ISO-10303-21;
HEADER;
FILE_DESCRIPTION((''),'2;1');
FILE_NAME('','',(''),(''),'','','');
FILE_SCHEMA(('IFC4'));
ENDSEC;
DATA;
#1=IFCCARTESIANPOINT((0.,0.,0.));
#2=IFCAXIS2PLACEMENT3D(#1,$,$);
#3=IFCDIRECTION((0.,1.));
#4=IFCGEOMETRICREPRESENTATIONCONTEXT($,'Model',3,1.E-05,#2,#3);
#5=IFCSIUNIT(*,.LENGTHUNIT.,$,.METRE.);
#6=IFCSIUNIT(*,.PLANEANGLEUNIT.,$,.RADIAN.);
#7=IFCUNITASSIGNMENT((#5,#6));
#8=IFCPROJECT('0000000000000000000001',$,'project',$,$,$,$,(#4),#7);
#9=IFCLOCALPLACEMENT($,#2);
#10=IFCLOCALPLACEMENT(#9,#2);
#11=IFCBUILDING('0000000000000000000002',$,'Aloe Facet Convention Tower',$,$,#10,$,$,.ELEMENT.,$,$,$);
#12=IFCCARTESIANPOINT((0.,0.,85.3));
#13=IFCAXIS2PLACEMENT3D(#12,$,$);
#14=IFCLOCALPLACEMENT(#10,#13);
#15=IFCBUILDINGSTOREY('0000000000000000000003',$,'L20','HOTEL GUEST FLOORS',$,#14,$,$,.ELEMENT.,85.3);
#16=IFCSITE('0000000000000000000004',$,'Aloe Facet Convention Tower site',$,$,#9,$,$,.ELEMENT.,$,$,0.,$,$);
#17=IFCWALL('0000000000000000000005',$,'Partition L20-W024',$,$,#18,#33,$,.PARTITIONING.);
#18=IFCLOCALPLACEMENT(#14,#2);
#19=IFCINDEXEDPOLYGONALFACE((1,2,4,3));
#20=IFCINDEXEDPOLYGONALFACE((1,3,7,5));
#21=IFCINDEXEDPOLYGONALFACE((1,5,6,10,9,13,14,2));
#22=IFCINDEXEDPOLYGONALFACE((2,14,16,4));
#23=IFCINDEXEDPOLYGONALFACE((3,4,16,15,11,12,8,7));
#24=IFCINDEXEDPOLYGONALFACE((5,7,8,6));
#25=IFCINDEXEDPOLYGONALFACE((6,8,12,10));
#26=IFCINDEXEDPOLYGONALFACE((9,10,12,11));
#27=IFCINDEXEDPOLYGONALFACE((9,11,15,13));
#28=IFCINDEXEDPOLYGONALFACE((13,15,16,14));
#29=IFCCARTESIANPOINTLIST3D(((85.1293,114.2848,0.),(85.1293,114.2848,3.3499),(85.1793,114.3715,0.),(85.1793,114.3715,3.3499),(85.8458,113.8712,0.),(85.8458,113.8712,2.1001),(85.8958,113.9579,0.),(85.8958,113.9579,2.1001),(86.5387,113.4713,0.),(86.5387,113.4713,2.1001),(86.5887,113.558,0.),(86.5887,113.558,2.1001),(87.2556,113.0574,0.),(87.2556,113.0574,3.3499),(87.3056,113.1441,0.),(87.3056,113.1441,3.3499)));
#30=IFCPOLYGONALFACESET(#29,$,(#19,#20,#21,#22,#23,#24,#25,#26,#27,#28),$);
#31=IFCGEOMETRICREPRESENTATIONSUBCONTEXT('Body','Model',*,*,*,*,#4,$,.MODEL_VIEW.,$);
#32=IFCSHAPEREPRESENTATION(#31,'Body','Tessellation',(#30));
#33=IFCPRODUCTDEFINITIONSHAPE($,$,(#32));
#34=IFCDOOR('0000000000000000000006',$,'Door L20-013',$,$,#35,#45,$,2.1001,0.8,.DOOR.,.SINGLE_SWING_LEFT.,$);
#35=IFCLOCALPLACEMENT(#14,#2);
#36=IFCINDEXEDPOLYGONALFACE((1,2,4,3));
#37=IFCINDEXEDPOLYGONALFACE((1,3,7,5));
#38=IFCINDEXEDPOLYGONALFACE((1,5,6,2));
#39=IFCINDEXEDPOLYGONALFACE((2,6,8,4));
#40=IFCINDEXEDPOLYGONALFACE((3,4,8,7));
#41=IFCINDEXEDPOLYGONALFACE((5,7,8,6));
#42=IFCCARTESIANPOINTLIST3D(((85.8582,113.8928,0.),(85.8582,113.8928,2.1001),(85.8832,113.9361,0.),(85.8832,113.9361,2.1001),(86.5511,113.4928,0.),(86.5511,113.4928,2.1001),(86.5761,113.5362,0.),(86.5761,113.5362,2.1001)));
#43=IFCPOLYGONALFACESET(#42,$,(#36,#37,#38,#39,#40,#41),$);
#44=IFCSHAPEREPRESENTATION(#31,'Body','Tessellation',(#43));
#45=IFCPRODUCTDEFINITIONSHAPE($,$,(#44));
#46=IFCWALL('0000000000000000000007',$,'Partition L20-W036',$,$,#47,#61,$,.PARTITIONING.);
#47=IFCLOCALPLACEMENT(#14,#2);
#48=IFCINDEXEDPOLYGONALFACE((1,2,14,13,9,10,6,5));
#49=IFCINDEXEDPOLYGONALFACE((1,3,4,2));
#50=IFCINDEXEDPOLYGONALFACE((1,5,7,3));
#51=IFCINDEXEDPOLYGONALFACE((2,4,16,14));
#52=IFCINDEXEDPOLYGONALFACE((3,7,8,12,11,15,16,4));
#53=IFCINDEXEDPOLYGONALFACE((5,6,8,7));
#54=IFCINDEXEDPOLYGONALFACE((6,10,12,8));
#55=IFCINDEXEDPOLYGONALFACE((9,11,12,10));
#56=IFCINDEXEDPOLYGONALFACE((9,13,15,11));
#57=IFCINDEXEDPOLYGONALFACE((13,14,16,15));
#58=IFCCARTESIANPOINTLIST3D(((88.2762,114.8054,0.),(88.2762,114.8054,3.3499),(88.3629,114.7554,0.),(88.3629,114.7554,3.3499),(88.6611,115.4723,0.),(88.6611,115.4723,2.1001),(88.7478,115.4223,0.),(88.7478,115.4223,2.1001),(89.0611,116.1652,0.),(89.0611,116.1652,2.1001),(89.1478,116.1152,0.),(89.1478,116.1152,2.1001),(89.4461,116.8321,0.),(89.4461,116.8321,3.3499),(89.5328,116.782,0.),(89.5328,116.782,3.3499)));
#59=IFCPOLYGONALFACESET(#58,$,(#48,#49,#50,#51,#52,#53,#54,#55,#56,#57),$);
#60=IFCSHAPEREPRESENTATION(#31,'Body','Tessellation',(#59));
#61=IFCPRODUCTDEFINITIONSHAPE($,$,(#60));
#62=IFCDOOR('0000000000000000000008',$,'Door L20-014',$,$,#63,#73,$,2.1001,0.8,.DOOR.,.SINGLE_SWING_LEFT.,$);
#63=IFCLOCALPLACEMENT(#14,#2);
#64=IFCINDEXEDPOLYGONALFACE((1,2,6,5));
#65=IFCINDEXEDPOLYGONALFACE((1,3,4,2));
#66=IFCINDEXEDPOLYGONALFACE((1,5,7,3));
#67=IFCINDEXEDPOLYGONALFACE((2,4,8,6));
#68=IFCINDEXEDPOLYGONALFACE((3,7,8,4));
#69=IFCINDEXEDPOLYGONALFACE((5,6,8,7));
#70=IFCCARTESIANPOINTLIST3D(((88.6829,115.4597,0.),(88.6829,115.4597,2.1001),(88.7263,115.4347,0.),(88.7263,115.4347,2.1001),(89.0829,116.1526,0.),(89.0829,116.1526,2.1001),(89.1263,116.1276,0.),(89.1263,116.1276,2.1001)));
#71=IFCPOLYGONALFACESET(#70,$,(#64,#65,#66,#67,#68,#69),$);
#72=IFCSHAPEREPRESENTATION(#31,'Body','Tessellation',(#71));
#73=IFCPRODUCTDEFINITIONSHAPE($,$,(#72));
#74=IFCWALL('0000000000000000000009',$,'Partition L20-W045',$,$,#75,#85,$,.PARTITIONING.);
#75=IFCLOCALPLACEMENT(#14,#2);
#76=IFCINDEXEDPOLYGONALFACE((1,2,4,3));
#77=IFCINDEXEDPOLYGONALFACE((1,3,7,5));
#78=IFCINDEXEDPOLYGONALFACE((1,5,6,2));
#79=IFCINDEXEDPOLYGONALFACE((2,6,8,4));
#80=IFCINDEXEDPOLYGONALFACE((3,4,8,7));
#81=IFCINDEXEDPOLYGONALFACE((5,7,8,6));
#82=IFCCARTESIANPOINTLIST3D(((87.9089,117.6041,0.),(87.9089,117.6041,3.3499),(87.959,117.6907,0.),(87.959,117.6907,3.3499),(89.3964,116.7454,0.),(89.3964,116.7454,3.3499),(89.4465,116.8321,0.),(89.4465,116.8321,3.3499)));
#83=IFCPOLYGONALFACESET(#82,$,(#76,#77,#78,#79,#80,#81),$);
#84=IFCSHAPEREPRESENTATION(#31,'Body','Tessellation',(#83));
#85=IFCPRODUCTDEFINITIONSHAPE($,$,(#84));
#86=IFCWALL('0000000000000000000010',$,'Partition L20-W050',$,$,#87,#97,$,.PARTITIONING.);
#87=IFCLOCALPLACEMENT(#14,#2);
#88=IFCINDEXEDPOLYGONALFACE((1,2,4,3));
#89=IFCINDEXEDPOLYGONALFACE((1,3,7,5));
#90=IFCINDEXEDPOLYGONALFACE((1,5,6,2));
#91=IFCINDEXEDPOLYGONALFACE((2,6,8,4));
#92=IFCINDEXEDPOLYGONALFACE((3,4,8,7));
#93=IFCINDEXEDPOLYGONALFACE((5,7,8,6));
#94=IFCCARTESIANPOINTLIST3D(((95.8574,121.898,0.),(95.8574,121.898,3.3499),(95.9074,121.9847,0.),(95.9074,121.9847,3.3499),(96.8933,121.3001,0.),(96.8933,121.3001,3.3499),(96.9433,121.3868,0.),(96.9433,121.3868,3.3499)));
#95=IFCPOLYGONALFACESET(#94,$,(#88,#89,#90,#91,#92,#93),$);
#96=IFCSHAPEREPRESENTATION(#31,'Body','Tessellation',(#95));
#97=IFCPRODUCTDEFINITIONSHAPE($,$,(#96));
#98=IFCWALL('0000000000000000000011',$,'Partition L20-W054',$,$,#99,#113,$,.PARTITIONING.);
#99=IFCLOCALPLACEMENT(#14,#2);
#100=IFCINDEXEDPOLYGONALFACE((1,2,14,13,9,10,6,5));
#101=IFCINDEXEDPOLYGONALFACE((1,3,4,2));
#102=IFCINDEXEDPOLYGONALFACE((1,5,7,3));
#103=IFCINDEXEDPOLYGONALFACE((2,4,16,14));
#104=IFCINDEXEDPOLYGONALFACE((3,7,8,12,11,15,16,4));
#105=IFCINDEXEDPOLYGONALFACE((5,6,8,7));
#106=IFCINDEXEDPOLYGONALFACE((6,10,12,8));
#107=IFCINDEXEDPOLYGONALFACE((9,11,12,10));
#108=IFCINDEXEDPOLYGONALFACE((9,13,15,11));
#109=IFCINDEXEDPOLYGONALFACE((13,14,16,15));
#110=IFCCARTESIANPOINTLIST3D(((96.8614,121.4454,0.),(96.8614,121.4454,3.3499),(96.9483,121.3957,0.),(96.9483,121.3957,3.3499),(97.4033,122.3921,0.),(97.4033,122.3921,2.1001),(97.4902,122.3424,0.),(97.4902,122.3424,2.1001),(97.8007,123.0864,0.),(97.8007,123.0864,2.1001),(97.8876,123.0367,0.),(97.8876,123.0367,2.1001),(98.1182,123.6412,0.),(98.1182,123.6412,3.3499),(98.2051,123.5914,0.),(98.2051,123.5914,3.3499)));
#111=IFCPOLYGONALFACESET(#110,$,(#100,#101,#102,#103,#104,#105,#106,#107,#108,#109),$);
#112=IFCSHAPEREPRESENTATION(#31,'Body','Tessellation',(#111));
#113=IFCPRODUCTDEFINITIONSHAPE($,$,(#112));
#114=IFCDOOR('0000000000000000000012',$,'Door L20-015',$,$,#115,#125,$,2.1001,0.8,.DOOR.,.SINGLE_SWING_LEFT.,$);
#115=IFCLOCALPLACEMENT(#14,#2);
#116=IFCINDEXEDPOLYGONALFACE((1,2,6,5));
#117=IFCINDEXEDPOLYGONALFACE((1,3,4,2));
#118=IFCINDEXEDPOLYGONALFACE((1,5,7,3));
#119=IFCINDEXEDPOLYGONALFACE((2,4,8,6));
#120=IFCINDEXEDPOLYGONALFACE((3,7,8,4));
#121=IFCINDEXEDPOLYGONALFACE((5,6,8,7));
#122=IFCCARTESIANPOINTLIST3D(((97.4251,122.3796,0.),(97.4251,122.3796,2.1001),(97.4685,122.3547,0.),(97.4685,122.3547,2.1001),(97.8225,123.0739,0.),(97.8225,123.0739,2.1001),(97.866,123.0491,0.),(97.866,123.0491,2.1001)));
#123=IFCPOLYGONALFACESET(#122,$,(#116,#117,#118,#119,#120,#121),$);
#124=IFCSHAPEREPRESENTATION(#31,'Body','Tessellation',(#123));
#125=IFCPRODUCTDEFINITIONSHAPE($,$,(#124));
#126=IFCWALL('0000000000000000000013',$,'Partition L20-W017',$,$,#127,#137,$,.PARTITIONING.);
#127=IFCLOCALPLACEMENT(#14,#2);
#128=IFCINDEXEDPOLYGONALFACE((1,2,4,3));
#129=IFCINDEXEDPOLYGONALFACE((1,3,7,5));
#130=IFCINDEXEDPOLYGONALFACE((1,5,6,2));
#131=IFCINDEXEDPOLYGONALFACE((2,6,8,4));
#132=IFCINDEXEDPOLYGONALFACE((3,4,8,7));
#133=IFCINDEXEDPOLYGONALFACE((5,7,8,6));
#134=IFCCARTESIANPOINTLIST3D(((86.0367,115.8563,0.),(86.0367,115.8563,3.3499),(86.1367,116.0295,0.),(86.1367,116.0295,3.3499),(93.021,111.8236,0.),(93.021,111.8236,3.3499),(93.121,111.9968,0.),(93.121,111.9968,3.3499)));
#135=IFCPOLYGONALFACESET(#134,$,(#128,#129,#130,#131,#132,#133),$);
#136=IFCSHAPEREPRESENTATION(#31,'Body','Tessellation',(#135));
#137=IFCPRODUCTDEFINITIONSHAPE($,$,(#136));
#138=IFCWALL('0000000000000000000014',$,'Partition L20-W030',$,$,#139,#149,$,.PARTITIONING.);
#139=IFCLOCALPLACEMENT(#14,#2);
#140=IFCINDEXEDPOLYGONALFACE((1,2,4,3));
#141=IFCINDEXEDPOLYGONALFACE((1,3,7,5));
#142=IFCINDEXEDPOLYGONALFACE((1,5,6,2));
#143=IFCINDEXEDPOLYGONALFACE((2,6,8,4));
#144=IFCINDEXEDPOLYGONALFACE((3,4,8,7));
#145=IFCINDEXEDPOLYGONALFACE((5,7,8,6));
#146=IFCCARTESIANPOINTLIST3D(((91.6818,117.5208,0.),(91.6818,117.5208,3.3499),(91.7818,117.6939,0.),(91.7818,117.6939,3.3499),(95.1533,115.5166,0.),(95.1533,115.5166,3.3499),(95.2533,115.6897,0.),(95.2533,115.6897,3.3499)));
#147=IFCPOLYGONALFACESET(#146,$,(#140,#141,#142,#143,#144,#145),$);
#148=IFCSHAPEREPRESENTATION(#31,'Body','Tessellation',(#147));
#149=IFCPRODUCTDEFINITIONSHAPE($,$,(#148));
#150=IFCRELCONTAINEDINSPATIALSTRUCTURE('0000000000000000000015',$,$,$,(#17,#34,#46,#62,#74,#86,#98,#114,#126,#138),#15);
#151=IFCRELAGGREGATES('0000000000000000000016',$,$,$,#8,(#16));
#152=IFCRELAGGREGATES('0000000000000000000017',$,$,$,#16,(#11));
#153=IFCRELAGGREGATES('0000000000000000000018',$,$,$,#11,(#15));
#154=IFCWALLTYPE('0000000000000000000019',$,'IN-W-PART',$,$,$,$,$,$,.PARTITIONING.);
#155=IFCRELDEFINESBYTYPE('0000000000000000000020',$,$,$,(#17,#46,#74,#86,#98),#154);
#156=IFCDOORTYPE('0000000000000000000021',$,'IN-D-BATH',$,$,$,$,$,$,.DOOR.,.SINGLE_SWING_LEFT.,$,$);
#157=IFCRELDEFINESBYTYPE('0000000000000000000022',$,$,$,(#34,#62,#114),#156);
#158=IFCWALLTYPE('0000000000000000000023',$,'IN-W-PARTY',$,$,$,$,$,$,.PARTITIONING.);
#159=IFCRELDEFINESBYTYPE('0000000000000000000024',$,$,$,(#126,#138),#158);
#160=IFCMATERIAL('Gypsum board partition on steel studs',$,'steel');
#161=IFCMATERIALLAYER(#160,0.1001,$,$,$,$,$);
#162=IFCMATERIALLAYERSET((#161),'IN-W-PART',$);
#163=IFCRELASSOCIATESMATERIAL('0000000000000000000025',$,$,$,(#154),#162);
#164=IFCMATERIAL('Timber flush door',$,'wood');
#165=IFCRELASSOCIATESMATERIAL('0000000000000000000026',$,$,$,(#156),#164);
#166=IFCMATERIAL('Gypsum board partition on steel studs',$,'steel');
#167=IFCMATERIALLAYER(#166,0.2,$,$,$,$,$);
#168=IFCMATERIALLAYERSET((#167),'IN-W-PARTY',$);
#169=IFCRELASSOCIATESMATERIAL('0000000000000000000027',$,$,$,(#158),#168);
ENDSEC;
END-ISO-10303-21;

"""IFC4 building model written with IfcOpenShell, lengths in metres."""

from ifc_helpers import new_model, si_unit, direction, frame, frame_2d, origin, place, context, subcontext, project, spatial, rectangle, extrude, material, layer, layer_set, type_object, element, fill, save


model = new_model("IFC4")

# Units and contexts
model_context = context("Model", 3, precision=1e-05, world=origin(), true_north=direction((0.0, 1.0)))
body_context = subcontext(model_context, "Body", "Model", "MODEL_VIEW")
ifc_project = project(units=[si_unit("LENGTHUNIT", "METRE"), si_unit("PLANEANGLEUNIT", "RADIAN")], contexts=[model_context])

# Site, building, storey
site_placement = place(None, origin())
site = spatial("IfcSite", under=ifc_project, at=site_placement, Name="Aloe Facet Convention Tower site", CompositionType="ELEMENT", RefElevation=0.0)
building_placement = place(site_placement, origin())
building = spatial("IfcBuilding", under=site, at=building_placement, Name="Aloe Facet Convention Tower", CompositionType="ELEMENT")
storey_placement = place(building_placement, frame((0.0, 0.0, 85.3)))
storey = spatial("IfcBuildingStorey", under=building, at=storey_placement, Name="L20", Description="HOTEL GUEST FLOORS", CompositionType="ELEMENT", Elevation=85.3)

# Walls, openings, doors
ifc_material_1 = material(Name="Gypsum board partition on steel studs", Category="steel")
ifc_layer_1 = layer(ifc_material_1, 0.1001)
ifc_layer_set_1 = layer_set([ifc_layer_1], Name="IN-W-PART")
wall_type_1 = type_object("IfcWallType", Name="IN-W-PART", PredefinedType="PARTITIONING", material=ifc_layer_set_1)
wall_1_placement = place(storey_placement, frame((85.1543, 114.3281, 0.0), z_axis=(0.0, 0.0, 1.0), x_axis=(0.866075, -0.499915, 0.0)))
wall_1 = element("IfcWall", 1, at=wall_1_placement, inside=storey, type_object=wall_type_1, Name="Partition L20-W024", PredefinedType="PARTITIONING", context=body_context, shape_type="SweptSolid", body=[
    extrude(rectangle(XDim=2.4551, YDim=0.1001, at=frame_2d((1.2275, 0.0))), origin(), (0.0, 0.0, 1.0), 3.3499),
])
opening_1_placement = place(wall_1_placement, frame((0.8274, 0.0, 0.0)))
opening_1 = element("IfcOpeningElement", 2, at=opening_1_placement, cuts=wall_1, PredefinedType="OPENING", context=body_context, shape_type="SweptSolid", body=[
    extrude(rectangle(XDim=0.8, YDim=2.1001, at=frame_2d((0.3999, 1.05))), frame((0.0, 0.0601, 0.0), z_axis=(0.0, -1.0, 0.0), x_axis=(1.0, 0.0, 0.0)), (0.0, 0.0, 1.0), 0.1201),
])
ifc_material_2 = material(Name="Timber flush door", Category="wood")
door_type_1 = type_object("IfcDoorType", Name="IN-D-BATH", OperationType="SINGLE_SWING_LEFT", PredefinedType="DOOR", material=ifc_material_2)
door_1_placement = place(opening_1_placement, origin())
door_1 = element("IfcDoor", 3, at=door_1_placement, inside=storey, type_object=door_type_1, Name="Door L20-013", OperationType="SINGLE_SWING_LEFT", OverallHeight=2.1001, OverallWidth=0.8, PredefinedType="DOOR", context=body_context, shape_type="SweptSolid", body=[
    extrude(rectangle(XDim=0.8, YDim=2.1001, at=frame_2d((0.3999, 1.05))), frame((0.0, 0.0249, 0.0), z_axis=(0.0, -1.0, 0.0), x_axis=(1.0, 0.0, 0.0)), (0.0, 0.0, 1.0), 0.05),
])
fill(opening_1, door_1)
wall_2_placement = place(storey_placement, frame((88.3196, 114.7805, 0.0), z_axis=(0.0, 0.0, 1.0), x_axis=(0.499954, 0.866052, 0.0)))
wall_2 = element("IfcWall", 4, at=wall_2_placement, inside=storey, type_object=wall_type_1, Name="Partition L20-W036", PredefinedType="PARTITIONING", context=body_context, shape_type="SweptSolid", body=[
    extrude(rectangle(XDim=2.3401, YDim=0.1001, at=frame_2d((1.1699, 0.0))), origin(), (0.0, 0.0, 1.0), 3.3499),
])
opening_2_placement = place(wall_2_placement, frame((0.77, 0.0, 0.0)))
opening_2 = element("IfcOpeningElement", 5, at=opening_2_placement, cuts=wall_2, PredefinedType="OPENING", context=body_context, shape_type="SweptSolid", body=[
    extrude(rectangle(XDim=0.8, YDim=2.1001, at=frame_2d((0.3999, 1.05))), frame((0.0, 0.0601, 0.0), z_axis=(0.0, -1.0, 0.0), x_axis=(1.0, 0.0, 0.0)), (0.0, 0.0, 1.0), 0.1201),
])
door_2_placement = place(opening_2_placement, origin())
door_2 = element("IfcDoor", 6, at=door_2_placement, inside=storey, type_object=door_type_1, Name="Door L20-014", OperationType="SINGLE_SWING_LEFT", OverallHeight=2.1001, OverallWidth=0.8, PredefinedType="DOOR", context=body_context, shape_type="SweptSolid", body=[
    extrude(rectangle(XDim=0.8, YDim=2.1001, at=frame_2d((0.3999, 1.05))), frame((0.0, 0.0249, 0.0), z_axis=(0.0, -1.0, 0.0), x_axis=(1.0, 0.0, 0.0)), (0.0, 0.0, 1.0), 0.05),
])
fill(opening_2, door_2)

# Walls
wall_3_placement = place(storey_placement, frame((87.9338, 117.6475, 0.0), z_axis=(0.0, 0.0, 1.0), x_axis=(0.866074, -0.499915, 0.0)))
element("IfcWall", 7, at=wall_3_placement, inside=storey, type_object=wall_type_1, Name="Partition L20-W045", PredefinedType="PARTITIONING", context=body_context, shape_type="SweptSolid", body=[
    extrude(rectangle(XDim=1.7175, YDim=0.1001, at=frame_2d((0.8589, 0.0))), origin(), (0.0, 0.0, 1.0), 3.3499),
])
wall_4_placement = place(storey_placement, frame((95.8823, 121.9414, 0.0), z_axis=(0.0, 0.0, 1.0), x_axis=(0.866087, -0.499893, 0.0)))
element("IfcWall", 8, at=wall_4_placement, inside=storey, type_object=wall_type_1, Name="Partition L20-W050", PredefinedType="PARTITIONING", context=body_context, shape_type="SweptSolid", body=[
    extrude(rectangle(XDim=1.196, YDim=0.1001, at=frame_2d((0.5981, 0.0))), origin(), (0.0, 0.0, 1.0), 3.3499),
])

# Wall, opening, door
wall_5_placement = place(storey_placement, frame((96.9048, 121.4204, 0.0), z_axis=(0.0, 0.0, 1.0), x_axis=(0.496762, 0.867887, 0.0)))
wall_5 = element("IfcWall", 9, at=wall_5_placement, inside=storey, type_object=wall_type_1, Name="Partition L20-W054", PredefinedType="PARTITIONING", context=body_context, shape_type="SweptSolid", body=[
    extrude(rectangle(XDim=2.53, YDim=0.1001, at=frame_2d((1.2651, 0.0))), origin(), (0.0, 0.0, 1.0), 3.3499),
])
opening_3_placement = place(wall_5_placement, frame((1.0911, 0.0, 0.0)))
opening_3 = element("IfcOpeningElement", 10, at=opening_3_placement, cuts=wall_5, PredefinedType="OPENING", context=body_context, shape_type="SweptSolid", body=[
    extrude(rectangle(XDim=0.8, YDim=2.1001, at=frame_2d((0.3999, 1.05))), frame((0.0, 0.0601, 0.0), z_axis=(0.0, -1.0, 0.0), x_axis=(1.0, 0.0, 0.0)), (0.0, 0.0, 1.0), 0.1201),
])
door_3_placement = place(opening_3_placement, origin())
door_3 = element("IfcDoor", 11, at=door_3_placement, inside=storey, type_object=door_type_1, Name="Door L20-015", OperationType="SINGLE_SWING_LEFT", OverallHeight=2.1001, OverallWidth=0.8, PredefinedType="DOOR", context=body_context, shape_type="SweptSolid", body=[
    extrude(rectangle(XDim=0.8, YDim=2.1001, at=frame_2d((0.3999, 1.05))), frame((0.0, 0.0249, 0.0), z_axis=(0.0, -1.0, 0.0), x_axis=(1.0, 0.0, 0.0)), (0.0, 0.0, 1.0), 0.05),
])
fill(opening_3, door_3)

# Walls
ifc_material_3 = material(Name="Gypsum board partition on steel studs", Category="steel")
ifc_layer_2 = layer(ifc_material_3, 0.2)
ifc_layer_set_2 = layer_set([ifc_layer_2], Name="IN-W-PARTY")
wall_type_2 = type_object("IfcWallType", Name="IN-W-PARTY", PredefinedType="PARTITIONING", material=ifc_layer_set_2)
wall_6_placement = place(storey_placement, frame((86.0867, 115.9429, 0.0), z_axis=(0.0, 0.0, 1.0), x_axis=(0.86601, -0.500026, 0.0)))
element("IfcWall", 12, at=wall_6_placement, inside=storey, type_object=wall_type_2, Name="Partition L20-W017", PredefinedType="PARTITIONING", context=body_context, shape_type="SweptSolid", body=[
    extrude(rectangle(XDim=8.0649, YDim=0.2, at=frame_2d((4.0325, 0.0))), origin(), (0.0, 0.0, 1.0), 3.3499),
])
wall_7_placement = place(storey_placement, frame((91.7317, 117.6074, 0.0), z_axis=(0.0, 0.0, 1.0), x_axis=(0.866034, -0.499984, 0.0)))
element("IfcWall", 13, at=wall_7_placement, inside=storey, type_object=wall_type_2, Name="Partition L20-W030", PredefinedType="PARTITIONING", context=body_context, shape_type="SweptSolid", body=[
    extrude(rectangle(XDim=4.0085, YDim=0.2, at=frame_2d((2.0044, 0.0))), origin(), (0.0, 0.0, 1.0), 3.3499),
])

save(model, "model.ifc")
